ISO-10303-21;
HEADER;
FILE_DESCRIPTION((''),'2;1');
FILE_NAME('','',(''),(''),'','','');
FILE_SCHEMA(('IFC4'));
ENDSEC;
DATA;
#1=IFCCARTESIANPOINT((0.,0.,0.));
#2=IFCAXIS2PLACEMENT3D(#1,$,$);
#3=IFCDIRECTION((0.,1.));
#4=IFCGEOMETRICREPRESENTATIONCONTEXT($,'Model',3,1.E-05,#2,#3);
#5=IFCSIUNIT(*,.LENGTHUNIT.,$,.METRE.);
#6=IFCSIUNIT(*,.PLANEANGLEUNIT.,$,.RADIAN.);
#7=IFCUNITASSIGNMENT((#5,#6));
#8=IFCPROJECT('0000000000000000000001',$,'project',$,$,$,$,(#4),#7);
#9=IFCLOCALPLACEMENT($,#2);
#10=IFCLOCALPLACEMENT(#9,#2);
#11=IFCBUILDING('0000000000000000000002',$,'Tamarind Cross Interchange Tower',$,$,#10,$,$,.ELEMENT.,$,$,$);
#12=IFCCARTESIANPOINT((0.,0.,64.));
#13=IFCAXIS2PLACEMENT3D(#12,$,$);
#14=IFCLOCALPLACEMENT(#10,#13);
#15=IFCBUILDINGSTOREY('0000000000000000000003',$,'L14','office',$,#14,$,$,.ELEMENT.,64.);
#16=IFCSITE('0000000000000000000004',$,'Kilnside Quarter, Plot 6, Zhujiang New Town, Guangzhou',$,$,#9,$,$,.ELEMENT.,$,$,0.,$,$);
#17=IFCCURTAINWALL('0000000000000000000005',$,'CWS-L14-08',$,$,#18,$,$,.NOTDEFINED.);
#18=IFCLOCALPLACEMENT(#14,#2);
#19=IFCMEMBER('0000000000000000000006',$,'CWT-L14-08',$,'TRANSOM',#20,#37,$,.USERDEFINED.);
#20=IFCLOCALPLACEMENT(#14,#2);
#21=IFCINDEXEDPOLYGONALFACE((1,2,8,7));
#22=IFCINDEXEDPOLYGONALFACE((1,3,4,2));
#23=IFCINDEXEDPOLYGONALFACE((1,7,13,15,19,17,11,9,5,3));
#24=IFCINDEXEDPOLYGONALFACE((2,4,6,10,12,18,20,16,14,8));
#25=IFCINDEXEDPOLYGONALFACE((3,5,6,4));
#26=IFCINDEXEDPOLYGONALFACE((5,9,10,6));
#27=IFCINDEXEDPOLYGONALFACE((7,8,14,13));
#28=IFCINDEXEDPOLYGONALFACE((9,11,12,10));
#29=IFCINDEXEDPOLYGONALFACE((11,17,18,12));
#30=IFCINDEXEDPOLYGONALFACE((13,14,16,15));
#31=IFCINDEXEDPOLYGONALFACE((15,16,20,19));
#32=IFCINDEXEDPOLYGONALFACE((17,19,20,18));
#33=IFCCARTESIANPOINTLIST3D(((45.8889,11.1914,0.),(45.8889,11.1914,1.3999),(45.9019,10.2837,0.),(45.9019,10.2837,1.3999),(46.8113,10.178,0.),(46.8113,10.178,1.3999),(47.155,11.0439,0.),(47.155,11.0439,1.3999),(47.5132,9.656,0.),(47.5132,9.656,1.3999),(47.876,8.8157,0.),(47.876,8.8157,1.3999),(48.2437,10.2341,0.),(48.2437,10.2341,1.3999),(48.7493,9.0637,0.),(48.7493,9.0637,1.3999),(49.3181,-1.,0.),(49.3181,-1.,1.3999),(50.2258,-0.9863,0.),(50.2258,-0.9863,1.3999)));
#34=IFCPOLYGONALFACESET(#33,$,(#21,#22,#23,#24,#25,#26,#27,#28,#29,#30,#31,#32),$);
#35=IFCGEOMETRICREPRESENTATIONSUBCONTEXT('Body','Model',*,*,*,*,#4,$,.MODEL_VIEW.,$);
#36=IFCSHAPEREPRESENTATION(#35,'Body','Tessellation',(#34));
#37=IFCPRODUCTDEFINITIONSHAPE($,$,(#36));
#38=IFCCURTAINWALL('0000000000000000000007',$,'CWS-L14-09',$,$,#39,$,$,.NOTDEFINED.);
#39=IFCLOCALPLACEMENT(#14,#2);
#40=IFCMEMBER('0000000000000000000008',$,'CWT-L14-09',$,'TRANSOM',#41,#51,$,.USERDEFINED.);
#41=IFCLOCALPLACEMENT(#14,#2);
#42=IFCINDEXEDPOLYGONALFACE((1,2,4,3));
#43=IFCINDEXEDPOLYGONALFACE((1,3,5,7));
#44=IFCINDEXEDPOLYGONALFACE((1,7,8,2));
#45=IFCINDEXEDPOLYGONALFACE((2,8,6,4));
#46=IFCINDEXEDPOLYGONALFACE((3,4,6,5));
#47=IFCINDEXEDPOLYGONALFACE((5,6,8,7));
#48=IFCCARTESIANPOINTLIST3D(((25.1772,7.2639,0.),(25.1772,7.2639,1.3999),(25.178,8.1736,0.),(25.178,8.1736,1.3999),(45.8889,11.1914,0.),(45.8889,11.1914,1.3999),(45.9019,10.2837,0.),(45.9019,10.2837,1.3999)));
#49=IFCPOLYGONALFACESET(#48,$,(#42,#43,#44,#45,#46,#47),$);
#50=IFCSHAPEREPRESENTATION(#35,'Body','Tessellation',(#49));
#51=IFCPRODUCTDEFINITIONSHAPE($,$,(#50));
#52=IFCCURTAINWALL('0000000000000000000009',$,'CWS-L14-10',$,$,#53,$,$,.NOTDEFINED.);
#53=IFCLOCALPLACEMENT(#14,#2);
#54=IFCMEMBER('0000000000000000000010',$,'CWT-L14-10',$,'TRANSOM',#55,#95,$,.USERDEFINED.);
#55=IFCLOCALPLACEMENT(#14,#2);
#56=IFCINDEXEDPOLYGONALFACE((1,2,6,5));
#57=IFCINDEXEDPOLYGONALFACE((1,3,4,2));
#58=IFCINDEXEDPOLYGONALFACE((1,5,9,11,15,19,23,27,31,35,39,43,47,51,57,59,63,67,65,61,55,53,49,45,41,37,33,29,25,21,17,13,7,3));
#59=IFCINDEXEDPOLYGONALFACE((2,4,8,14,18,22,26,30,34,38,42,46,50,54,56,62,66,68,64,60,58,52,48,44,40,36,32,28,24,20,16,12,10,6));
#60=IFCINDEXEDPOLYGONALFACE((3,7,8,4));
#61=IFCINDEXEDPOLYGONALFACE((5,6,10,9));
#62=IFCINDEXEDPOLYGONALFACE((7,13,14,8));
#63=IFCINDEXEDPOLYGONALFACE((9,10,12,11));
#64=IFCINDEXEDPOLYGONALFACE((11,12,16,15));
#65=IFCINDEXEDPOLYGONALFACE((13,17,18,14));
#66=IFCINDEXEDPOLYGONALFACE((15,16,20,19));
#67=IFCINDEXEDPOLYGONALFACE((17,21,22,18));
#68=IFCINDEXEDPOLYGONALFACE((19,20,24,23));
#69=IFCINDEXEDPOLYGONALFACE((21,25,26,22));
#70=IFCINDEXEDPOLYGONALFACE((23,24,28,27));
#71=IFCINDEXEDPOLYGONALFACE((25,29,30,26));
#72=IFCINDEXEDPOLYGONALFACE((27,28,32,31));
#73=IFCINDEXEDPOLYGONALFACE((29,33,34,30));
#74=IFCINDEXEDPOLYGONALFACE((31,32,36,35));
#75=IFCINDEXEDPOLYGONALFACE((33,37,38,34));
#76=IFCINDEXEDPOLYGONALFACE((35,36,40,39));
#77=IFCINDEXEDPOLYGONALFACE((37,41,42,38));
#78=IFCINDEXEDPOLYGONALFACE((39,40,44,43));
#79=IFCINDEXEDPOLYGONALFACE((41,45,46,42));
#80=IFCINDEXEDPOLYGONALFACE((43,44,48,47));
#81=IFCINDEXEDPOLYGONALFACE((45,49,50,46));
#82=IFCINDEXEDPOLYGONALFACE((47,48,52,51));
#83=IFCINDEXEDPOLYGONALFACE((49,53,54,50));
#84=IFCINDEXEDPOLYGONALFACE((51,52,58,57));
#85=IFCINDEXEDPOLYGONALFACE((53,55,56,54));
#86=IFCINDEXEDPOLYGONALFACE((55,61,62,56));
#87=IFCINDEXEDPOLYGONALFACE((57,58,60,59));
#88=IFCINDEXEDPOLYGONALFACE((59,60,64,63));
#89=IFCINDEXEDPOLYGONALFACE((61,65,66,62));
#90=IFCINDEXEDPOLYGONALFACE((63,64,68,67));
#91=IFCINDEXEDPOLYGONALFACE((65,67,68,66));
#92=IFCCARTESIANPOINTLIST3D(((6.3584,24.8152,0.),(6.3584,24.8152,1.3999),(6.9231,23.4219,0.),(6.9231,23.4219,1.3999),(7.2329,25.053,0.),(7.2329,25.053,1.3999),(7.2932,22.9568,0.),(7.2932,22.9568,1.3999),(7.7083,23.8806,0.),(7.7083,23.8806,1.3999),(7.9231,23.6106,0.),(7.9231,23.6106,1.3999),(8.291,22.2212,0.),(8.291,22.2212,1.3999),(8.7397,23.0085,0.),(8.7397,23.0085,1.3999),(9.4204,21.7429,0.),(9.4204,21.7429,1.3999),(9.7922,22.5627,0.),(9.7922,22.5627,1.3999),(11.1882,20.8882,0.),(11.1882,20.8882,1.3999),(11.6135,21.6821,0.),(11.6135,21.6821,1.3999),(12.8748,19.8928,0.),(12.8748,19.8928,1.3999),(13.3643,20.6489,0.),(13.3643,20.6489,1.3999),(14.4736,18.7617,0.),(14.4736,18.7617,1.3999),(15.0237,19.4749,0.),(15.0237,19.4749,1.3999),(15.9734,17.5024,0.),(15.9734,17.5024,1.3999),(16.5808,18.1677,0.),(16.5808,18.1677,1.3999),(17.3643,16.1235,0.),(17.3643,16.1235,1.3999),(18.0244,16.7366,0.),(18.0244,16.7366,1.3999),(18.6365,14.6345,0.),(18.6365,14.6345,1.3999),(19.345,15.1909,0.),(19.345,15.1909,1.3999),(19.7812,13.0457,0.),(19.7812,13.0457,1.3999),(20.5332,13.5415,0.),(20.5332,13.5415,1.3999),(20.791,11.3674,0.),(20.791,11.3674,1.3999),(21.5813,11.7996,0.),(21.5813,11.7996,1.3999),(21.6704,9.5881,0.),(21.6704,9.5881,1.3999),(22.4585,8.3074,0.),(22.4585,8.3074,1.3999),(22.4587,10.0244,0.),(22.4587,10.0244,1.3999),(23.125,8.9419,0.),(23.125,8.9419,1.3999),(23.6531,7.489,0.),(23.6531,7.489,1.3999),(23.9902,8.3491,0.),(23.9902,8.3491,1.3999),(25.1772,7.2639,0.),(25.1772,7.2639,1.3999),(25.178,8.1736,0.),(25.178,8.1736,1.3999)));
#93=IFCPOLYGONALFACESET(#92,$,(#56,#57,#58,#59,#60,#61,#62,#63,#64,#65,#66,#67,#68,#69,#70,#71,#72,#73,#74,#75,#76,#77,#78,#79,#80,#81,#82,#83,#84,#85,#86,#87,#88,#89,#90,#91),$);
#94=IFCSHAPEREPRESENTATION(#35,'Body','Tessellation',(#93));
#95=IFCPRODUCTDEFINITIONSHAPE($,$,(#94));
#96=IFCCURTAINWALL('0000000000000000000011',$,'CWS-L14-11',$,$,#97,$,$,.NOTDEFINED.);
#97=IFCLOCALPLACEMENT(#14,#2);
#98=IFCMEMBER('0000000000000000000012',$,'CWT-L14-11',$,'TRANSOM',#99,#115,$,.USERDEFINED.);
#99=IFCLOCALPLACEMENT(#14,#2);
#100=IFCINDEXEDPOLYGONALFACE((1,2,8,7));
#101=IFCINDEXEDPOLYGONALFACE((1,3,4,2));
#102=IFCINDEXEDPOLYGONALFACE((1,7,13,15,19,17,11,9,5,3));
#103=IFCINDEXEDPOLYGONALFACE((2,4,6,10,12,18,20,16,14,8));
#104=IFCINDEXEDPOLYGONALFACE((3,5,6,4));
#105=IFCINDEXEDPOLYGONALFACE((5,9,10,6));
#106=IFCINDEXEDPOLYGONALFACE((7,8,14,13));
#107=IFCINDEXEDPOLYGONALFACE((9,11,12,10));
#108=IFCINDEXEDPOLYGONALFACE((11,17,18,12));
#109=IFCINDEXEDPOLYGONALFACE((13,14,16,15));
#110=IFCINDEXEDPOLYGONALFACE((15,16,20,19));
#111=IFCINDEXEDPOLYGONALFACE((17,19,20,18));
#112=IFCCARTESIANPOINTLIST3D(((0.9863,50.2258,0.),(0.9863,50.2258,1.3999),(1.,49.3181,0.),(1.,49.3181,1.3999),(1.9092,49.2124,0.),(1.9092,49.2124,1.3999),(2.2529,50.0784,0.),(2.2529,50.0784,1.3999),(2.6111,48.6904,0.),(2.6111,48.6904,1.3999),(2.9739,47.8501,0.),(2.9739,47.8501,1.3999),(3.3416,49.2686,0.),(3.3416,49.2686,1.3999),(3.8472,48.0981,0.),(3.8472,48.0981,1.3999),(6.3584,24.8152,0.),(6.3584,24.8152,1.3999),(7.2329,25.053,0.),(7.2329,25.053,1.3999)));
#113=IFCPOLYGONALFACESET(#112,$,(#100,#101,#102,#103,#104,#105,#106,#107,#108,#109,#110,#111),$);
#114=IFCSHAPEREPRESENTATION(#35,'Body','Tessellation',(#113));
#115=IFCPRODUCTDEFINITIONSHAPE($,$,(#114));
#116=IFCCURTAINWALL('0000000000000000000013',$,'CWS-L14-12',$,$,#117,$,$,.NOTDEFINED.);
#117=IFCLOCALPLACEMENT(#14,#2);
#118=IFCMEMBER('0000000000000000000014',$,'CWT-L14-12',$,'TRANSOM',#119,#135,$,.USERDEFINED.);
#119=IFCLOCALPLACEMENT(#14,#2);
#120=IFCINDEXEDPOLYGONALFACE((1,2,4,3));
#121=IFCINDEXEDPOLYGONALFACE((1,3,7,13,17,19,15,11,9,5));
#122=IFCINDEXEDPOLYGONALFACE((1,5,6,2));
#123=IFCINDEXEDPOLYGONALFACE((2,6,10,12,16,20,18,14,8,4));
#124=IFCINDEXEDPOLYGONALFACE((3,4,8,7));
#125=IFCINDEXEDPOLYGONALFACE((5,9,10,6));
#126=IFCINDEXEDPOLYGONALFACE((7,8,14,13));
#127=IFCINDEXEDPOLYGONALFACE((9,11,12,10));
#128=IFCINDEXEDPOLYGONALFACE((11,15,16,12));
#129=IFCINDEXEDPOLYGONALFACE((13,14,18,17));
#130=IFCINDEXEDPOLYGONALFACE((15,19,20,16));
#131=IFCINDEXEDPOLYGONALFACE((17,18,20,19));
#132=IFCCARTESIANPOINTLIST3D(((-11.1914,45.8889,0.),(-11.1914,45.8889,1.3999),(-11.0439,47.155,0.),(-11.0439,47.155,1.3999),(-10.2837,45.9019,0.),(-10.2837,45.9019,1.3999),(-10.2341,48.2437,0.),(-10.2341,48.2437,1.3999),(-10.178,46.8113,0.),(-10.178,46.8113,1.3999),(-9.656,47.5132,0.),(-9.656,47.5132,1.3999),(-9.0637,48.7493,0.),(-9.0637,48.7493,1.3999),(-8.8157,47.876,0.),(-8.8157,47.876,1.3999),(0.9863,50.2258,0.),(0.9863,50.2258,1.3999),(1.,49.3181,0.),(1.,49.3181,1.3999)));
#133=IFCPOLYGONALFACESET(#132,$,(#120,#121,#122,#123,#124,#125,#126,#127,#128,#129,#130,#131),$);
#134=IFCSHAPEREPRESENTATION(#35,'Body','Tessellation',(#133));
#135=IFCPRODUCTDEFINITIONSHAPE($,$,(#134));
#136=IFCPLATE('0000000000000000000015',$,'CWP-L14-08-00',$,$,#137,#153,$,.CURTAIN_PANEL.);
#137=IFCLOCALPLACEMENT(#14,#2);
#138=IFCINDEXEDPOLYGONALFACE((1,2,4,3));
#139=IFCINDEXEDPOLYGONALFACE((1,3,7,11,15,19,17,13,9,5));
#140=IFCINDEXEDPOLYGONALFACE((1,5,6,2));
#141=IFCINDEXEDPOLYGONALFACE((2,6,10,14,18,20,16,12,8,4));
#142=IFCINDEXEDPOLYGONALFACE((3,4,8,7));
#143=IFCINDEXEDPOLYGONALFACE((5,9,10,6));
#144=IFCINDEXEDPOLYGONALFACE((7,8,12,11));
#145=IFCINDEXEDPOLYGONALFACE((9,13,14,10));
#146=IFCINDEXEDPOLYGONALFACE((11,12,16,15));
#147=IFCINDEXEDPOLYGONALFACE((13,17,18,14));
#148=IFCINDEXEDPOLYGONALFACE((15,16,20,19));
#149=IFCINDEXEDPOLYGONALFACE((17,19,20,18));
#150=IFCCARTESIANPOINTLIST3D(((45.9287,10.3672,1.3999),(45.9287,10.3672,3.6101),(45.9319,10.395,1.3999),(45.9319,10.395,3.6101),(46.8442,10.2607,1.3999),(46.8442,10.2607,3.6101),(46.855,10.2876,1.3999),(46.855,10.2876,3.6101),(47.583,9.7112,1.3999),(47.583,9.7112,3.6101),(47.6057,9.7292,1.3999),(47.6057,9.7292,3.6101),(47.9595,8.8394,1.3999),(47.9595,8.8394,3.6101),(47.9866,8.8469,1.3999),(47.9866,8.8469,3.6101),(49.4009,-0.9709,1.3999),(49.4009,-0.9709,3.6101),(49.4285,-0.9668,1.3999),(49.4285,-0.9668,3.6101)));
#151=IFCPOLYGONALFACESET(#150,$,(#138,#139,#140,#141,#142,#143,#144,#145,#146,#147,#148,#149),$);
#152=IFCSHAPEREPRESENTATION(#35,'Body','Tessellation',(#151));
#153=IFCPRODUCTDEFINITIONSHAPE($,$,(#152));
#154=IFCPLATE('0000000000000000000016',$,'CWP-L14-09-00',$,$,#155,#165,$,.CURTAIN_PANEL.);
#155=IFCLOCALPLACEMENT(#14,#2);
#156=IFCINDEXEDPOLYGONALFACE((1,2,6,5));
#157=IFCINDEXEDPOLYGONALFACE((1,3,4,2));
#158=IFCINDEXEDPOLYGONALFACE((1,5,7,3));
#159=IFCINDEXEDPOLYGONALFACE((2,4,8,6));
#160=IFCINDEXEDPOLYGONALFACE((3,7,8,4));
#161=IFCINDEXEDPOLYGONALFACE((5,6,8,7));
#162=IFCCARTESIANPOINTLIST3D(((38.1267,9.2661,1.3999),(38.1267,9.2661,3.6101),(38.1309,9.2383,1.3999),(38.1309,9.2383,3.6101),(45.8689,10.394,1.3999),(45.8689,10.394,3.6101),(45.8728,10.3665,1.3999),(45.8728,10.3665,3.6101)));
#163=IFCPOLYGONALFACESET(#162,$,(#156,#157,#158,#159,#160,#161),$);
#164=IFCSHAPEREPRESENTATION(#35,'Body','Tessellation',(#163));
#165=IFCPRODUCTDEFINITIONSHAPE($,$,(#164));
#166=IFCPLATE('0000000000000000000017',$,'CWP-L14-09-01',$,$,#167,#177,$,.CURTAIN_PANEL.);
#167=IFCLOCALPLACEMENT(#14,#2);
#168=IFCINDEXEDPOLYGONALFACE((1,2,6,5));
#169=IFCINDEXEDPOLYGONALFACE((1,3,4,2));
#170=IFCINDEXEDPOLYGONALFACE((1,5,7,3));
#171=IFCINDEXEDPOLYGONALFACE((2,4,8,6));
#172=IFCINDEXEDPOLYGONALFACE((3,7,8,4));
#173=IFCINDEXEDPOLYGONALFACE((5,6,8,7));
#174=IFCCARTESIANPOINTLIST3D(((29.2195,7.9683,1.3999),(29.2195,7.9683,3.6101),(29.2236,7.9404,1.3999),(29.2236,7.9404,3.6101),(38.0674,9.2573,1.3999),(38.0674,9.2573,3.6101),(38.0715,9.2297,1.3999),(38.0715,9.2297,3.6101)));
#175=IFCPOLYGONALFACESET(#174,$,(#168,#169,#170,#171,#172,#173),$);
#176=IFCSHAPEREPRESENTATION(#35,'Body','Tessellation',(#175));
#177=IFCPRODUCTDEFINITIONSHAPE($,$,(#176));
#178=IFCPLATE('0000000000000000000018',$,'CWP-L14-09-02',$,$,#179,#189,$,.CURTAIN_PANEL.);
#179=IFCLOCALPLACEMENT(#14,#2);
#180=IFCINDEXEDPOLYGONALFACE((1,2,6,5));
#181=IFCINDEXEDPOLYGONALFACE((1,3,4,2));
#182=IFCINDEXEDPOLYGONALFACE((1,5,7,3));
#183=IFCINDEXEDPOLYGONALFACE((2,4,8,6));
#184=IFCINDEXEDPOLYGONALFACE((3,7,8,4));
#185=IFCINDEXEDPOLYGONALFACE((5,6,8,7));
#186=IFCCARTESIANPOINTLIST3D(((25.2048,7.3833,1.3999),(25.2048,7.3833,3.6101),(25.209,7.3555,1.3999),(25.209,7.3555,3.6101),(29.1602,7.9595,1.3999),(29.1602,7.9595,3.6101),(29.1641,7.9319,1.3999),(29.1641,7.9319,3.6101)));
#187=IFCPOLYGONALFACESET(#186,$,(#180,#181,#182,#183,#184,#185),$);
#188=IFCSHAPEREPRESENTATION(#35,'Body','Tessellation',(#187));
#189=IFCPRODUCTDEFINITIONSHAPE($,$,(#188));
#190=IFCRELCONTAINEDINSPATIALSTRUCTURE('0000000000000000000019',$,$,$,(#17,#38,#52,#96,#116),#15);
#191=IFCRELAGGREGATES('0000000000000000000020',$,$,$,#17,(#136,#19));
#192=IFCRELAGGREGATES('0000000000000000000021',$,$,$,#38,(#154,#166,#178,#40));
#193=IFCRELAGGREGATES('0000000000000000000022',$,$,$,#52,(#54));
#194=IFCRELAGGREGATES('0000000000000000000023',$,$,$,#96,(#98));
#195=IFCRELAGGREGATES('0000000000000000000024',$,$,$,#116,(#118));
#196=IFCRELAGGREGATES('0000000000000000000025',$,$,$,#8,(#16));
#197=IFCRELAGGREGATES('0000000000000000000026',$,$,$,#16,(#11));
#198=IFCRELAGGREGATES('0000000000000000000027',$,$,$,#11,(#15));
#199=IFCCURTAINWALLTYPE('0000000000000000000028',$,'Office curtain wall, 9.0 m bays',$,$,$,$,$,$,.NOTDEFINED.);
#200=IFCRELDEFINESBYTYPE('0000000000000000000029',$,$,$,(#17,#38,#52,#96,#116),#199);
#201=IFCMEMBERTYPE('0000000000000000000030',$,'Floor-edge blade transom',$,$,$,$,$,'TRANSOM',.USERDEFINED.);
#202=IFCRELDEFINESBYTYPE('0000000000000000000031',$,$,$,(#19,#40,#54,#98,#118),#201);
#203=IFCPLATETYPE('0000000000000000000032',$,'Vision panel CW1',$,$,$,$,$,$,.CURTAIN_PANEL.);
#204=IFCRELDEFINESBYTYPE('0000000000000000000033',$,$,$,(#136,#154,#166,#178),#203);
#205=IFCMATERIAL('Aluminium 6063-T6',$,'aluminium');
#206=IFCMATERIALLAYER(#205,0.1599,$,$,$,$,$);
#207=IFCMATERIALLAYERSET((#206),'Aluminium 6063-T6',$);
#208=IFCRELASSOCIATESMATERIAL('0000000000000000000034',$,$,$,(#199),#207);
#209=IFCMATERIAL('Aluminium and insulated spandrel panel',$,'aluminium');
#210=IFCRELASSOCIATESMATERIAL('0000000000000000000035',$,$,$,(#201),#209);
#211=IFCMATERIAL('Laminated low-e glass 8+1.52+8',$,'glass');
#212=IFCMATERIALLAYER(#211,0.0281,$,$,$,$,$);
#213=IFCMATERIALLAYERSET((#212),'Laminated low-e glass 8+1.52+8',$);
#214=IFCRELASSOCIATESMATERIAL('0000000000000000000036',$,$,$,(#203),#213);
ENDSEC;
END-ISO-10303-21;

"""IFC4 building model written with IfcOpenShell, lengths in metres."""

from ifc_helpers import new_model, si_unit, direction, frame, origin, place, context, subcontext, project, spatial, polyline, outline, extrude, material, layer, layer_set, type_object, element, aggregate, save


model = new_model("IFC4")

# Units and contexts
model_context = context("Model", 3, precision=1e-05, world=origin(), true_north=direction((0.0, 1.0)))
body_context = subcontext(model_context, "Body", "Model", "MODEL_VIEW")
ifc_project = project(units=[si_unit("LENGTHUNIT", "METRE"), si_unit("PLANEANGLEUNIT", "RADIAN")], contexts=[model_context])

# Site, building, storey
site_placement = place(None, origin())
site = spatial("IfcSite", under=ifc_project, at=site_placement, Name="Kilnside Quarter, Plot 6, Zhujiang New Town, Guangzhou", CompositionType="ELEMENT", RefElevation=0.0)
building_placement = place(site_placement, origin())
building = spatial("IfcBuilding", under=site, at=building_placement, Name="Tamarind Cross Interchange Tower", CompositionType="ELEMENT")
storey_placement = place(building_placement, frame((0.0, 0.0, 64.0)))
storey = spatial("IfcBuildingStorey", under=building, at=storey_placement, Name="L14", Description="office", CompositionType="ELEMENT", Elevation=64.0)

# Curtain walls, members
ifc_material_1 = material(Name="Aluminium 6063-T6", Category="aluminium")
ifc_layer_1 = layer(ifc_material_1, 0.1599)
ifc_layer_set_1 = layer_set([ifc_layer_1], Name="Aluminium 6063-T6")
curtain_wall_type = type_object("IfcCurtainWallType", Name="Office curtain wall, 9.0 m bays", PredefinedType="NOTDEFINED", material=ifc_layer_set_1)
curtain_wall_1_placement = place(storey_placement, origin())
curtain_wall_1 = element("IfcCurtainWall", 1, at=curtain_wall_1_placement, inside=storey, type_object=curtain_wall_type, Name="CWS-L14-08", PredefinedType="NOTDEFINED")
ifc_material_2 = material(Name="Aluminium and insulated spandrel panel", Category="aluminium")
member_type = type_object("IfcMemberType", Name="Floor-edge blade transom", ElementType="TRANSOM", PredefinedType="USERDEFINED", material=ifc_material_2)
member_1_placement = place(storey_placement, origin())
member_1 = element("IfcMember", 2, at=member_1_placement, type_object=member_type, Name="CWT-L14-08", ObjectType="TRANSOM", PredefinedType="USERDEFINED", context=body_context, shape_type="SweptSolid", body=[
    extrude(outline(polyline([(49.3181, -1.0), (47.876, 8.8157), (47.5132, 9.656), (46.8113, 10.178), (45.9019, 10.2837), (45.8889, 11.1914), (47.155, 11.0439), (48.2437, 10.2341), (48.7493, 9.0637), (50.2258, -0.9863), (49.3181, -1.0)])), origin(), (0.0, 0.0, 1.0), 1.3999),
])
curtain_wall_2_placement = place(storey_placement, origin())
curtain_wall_2 = element("IfcCurtainWall", 3, at=curtain_wall_2_placement, inside=storey, type_object=curtain_wall_type, Name="CWS-L14-09", PredefinedType="NOTDEFINED")
member_2_placement = place(storey_placement, origin())
member_2 = element("IfcMember", 4, at=member_2_placement, type_object=member_type, Name="CWT-L14-09", ObjectType="TRANSOM", PredefinedType="USERDEFINED", context=body_context, shape_type="SweptSolid", body=[
    extrude(outline(polyline([(45.9019, 10.2837), (25.1772, 7.2639), (25.178, 8.1736), (45.8889, 11.1914), (45.9019, 10.2837)])), origin(), (0.0, 0.0, 1.0), 1.3999),
])
curtain_wall_3_placement = place(storey_placement, origin())
curtain_wall_3 = element("IfcCurtainWall", 5, at=curtain_wall_3_placement, inside=storey, type_object=curtain_wall_type, Name="CWS-L14-10", PredefinedType="NOTDEFINED")
member_3_placement = place(storey_placement, origin())
member_3 = element("IfcMember", 6, at=member_3_placement, type_object=member_type, Name="CWT-L14-10", ObjectType="TRANSOM", PredefinedType="USERDEFINED", context=body_context, shape_type="SweptSolid", body=[
    extrude(outline(polyline([(25.1772, 7.2639), (23.6531, 7.489), (22.4585, 8.3074), (21.6704, 9.5881), (20.791, 11.3674), (19.7812, 13.0457), (18.6365, 14.6345), (17.3643, 16.1235), (15.9734, 17.5024), (14.4736, 18.7617), (12.8748, 19.8928), (11.1882, 20.8882), (9.4204, 21.7429), (8.291, 22.2212), (7.2932, 22.9568), (6.9231, 23.4219), (6.3584, 24.8152), (7.2329, 25.053), (7.7083, 23.8806), (7.9231, 23.6106), (8.7397, 23.0085), (9.7922, 22.5627), (11.6135, 21.6821), (13.3643, 20.6489), (15.0237, 19.4749), (16.5808, 18.1677), (18.0244, 16.7366), (19.345, 15.1909), (20.5332, 13.5415), (21.5813, 11.7996), (22.4587, 10.0244), (23.125, 8.9419), (23.9902, 8.3491), (25.178, 8.1736), (25.1772, 7.2639)])), origin(), (0.0, 0.0, 1.0), 1.3999),
])
curtain_wall_4_placement = place(storey_placement, origin())
curtain_wall_4 = element("IfcCurtainWall", 7, at=curtain_wall_4_placement, inside=storey, type_object=curtain_wall_type, Name="CWS-L14-11", PredefinedType="NOTDEFINED")
member_4_placement = place(storey_placement, origin())
member_4 = element("IfcMember", 8, at=member_4_placement, type_object=member_type, Name="CWT-L14-11", ObjectType="TRANSOM", PredefinedType="USERDEFINED", context=body_context, shape_type="SweptSolid", body=[
    extrude(outline(polyline([(6.3584, 24.8152), (2.9739, 47.8501), (2.6111, 48.6904), (1.9092, 49.2124), (1.0, 49.3181), (0.9863, 50.2258), (2.2529, 50.0784), (3.3416, 49.2686), (3.8472, 48.0981), (7.2329, 25.053), (6.3584, 24.8152)])), origin(), (0.0, 0.0, 1.0), 1.3999),
])
curtain_wall_5_placement = place(storey_placement, origin())
curtain_wall_5 = element("IfcCurtainWall", 9, at=curtain_wall_5_placement, inside=storey, type_object=curtain_wall_type, Name="CWS-L14-12", PredefinedType="NOTDEFINED")
member_5_placement = place(storey_placement, origin())
member_5 = element("IfcMember", 10, at=member_5_placement, type_object=member_type, Name="CWT-L14-12", ObjectType="TRANSOM", PredefinedType="USERDEFINED", context=body_context, shape_type="SweptSolid", body=[
    extrude(outline(polyline([(1.0, 49.3181), (-8.8157, 47.876), (-9.656, 47.5132), (-10.178, 46.8113), (-10.2837, 45.9019), (-11.1914, 45.8889), (-11.0439, 47.155), (-10.2341, 48.2437), (-9.0637, 48.7493), (0.9863, 50.2258), (1.0, 49.3181)])), origin(), (0.0, 0.0, 1.0), 1.3999),
])

# Plates
ifc_material_3 = material(Name="Laminated low-e glass 8+1.52+8", Category="glass")
ifc_layer_2 = layer(ifc_material_3, 0.0281)
ifc_layer_set_2 = layer_set([ifc_layer_2], Name="Laminated low-e glass 8+1.52+8")
plate_type = type_object("IfcPlateType", Name="Vision panel CW1", PredefinedType="CURTAIN_PANEL", material=ifc_layer_set_2)
plate_1_placement = place(storey_placement, frame((0.0, 0.0, 1.3999)))
plate_1 = element("IfcPlate", 11, at=plate_1_placement, type_object=plate_type, Name="CWP-L14-08-00", PredefinedType="CURTAIN_PANEL", context=body_context, shape_type="SweptSolid", body=[
    extrude(outline(polyline([(49.4009, -0.9709), (47.9595, 8.8394), (47.583, 9.7112), (46.8442, 10.2607), (45.9287, 10.3672), (45.9319, 10.395), (46.855, 10.2876), (47.6057, 9.7292), (47.9866, 8.8469), (49.4285, -0.9668), (49.4009, -0.9709)])), origin(), (0.0, 0.0, 1.0), 2.2102),
])
aggregate(curtain_wall_1, [plate_1, member_1])
plate_2_placement = place(storey_placement, frame((0.0, 0.0, 1.3999)))
plate_2 = element("IfcPlate", 12, at=plate_2_placement, type_object=plate_type, Name="CWP-L14-09-00", PredefinedType="CURTAIN_PANEL", context=body_context, shape_type="SweptSolid", body=[
    extrude(outline(polyline([(45.8728, 10.3665), (38.1309, 9.2383), (38.1267, 9.2661), (45.8689, 10.394), (45.8728, 10.3665)])), origin(), (0.0, 0.0, 1.0), 2.2102),
])
plate_3_placement = place(storey_placement, frame((0.0, 0.0, 1.3999)))
plate_3 = element("IfcPlate", 13, at=plate_3_placement, type_object=plate_type, Name="CWP-L14-09-01", PredefinedType="CURTAIN_PANEL", context=body_context, shape_type="SweptSolid", body=[
    extrude(outline(polyline([(38.0715, 9.2297), (29.2236, 7.9404), (29.2195, 7.9683), (38.0674, 9.2573), (38.0715, 9.2297)])), origin(), (0.0, 0.0, 1.0), 2.2102),
])
plate_4_placement = place(storey_placement, frame((0.0, 0.0, 1.3999)))
plate_4 = element("IfcPlate", 14, at=plate_4_placement, type_object=plate_type, Name="CWP-L14-09-02", PredefinedType="CURTAIN_PANEL", context=body_context, shape_type="SweptSolid", body=[
    extrude(outline(polyline([(29.1641, 7.9319), (25.209, 7.3555), (25.2048, 7.3833), (29.1602, 7.9595), (29.1641, 7.9319)])), origin(), (0.0, 0.0, 1.0), 2.2102),
])
aggregate(curtain_wall_2, [plate_2, plate_3, plate_4, member_2])
aggregate(curtain_wall_3, [member_3])
aggregate(curtain_wall_4, [member_4])
aggregate(curtain_wall_5, [member_5])

save(model, "model.ifc")
